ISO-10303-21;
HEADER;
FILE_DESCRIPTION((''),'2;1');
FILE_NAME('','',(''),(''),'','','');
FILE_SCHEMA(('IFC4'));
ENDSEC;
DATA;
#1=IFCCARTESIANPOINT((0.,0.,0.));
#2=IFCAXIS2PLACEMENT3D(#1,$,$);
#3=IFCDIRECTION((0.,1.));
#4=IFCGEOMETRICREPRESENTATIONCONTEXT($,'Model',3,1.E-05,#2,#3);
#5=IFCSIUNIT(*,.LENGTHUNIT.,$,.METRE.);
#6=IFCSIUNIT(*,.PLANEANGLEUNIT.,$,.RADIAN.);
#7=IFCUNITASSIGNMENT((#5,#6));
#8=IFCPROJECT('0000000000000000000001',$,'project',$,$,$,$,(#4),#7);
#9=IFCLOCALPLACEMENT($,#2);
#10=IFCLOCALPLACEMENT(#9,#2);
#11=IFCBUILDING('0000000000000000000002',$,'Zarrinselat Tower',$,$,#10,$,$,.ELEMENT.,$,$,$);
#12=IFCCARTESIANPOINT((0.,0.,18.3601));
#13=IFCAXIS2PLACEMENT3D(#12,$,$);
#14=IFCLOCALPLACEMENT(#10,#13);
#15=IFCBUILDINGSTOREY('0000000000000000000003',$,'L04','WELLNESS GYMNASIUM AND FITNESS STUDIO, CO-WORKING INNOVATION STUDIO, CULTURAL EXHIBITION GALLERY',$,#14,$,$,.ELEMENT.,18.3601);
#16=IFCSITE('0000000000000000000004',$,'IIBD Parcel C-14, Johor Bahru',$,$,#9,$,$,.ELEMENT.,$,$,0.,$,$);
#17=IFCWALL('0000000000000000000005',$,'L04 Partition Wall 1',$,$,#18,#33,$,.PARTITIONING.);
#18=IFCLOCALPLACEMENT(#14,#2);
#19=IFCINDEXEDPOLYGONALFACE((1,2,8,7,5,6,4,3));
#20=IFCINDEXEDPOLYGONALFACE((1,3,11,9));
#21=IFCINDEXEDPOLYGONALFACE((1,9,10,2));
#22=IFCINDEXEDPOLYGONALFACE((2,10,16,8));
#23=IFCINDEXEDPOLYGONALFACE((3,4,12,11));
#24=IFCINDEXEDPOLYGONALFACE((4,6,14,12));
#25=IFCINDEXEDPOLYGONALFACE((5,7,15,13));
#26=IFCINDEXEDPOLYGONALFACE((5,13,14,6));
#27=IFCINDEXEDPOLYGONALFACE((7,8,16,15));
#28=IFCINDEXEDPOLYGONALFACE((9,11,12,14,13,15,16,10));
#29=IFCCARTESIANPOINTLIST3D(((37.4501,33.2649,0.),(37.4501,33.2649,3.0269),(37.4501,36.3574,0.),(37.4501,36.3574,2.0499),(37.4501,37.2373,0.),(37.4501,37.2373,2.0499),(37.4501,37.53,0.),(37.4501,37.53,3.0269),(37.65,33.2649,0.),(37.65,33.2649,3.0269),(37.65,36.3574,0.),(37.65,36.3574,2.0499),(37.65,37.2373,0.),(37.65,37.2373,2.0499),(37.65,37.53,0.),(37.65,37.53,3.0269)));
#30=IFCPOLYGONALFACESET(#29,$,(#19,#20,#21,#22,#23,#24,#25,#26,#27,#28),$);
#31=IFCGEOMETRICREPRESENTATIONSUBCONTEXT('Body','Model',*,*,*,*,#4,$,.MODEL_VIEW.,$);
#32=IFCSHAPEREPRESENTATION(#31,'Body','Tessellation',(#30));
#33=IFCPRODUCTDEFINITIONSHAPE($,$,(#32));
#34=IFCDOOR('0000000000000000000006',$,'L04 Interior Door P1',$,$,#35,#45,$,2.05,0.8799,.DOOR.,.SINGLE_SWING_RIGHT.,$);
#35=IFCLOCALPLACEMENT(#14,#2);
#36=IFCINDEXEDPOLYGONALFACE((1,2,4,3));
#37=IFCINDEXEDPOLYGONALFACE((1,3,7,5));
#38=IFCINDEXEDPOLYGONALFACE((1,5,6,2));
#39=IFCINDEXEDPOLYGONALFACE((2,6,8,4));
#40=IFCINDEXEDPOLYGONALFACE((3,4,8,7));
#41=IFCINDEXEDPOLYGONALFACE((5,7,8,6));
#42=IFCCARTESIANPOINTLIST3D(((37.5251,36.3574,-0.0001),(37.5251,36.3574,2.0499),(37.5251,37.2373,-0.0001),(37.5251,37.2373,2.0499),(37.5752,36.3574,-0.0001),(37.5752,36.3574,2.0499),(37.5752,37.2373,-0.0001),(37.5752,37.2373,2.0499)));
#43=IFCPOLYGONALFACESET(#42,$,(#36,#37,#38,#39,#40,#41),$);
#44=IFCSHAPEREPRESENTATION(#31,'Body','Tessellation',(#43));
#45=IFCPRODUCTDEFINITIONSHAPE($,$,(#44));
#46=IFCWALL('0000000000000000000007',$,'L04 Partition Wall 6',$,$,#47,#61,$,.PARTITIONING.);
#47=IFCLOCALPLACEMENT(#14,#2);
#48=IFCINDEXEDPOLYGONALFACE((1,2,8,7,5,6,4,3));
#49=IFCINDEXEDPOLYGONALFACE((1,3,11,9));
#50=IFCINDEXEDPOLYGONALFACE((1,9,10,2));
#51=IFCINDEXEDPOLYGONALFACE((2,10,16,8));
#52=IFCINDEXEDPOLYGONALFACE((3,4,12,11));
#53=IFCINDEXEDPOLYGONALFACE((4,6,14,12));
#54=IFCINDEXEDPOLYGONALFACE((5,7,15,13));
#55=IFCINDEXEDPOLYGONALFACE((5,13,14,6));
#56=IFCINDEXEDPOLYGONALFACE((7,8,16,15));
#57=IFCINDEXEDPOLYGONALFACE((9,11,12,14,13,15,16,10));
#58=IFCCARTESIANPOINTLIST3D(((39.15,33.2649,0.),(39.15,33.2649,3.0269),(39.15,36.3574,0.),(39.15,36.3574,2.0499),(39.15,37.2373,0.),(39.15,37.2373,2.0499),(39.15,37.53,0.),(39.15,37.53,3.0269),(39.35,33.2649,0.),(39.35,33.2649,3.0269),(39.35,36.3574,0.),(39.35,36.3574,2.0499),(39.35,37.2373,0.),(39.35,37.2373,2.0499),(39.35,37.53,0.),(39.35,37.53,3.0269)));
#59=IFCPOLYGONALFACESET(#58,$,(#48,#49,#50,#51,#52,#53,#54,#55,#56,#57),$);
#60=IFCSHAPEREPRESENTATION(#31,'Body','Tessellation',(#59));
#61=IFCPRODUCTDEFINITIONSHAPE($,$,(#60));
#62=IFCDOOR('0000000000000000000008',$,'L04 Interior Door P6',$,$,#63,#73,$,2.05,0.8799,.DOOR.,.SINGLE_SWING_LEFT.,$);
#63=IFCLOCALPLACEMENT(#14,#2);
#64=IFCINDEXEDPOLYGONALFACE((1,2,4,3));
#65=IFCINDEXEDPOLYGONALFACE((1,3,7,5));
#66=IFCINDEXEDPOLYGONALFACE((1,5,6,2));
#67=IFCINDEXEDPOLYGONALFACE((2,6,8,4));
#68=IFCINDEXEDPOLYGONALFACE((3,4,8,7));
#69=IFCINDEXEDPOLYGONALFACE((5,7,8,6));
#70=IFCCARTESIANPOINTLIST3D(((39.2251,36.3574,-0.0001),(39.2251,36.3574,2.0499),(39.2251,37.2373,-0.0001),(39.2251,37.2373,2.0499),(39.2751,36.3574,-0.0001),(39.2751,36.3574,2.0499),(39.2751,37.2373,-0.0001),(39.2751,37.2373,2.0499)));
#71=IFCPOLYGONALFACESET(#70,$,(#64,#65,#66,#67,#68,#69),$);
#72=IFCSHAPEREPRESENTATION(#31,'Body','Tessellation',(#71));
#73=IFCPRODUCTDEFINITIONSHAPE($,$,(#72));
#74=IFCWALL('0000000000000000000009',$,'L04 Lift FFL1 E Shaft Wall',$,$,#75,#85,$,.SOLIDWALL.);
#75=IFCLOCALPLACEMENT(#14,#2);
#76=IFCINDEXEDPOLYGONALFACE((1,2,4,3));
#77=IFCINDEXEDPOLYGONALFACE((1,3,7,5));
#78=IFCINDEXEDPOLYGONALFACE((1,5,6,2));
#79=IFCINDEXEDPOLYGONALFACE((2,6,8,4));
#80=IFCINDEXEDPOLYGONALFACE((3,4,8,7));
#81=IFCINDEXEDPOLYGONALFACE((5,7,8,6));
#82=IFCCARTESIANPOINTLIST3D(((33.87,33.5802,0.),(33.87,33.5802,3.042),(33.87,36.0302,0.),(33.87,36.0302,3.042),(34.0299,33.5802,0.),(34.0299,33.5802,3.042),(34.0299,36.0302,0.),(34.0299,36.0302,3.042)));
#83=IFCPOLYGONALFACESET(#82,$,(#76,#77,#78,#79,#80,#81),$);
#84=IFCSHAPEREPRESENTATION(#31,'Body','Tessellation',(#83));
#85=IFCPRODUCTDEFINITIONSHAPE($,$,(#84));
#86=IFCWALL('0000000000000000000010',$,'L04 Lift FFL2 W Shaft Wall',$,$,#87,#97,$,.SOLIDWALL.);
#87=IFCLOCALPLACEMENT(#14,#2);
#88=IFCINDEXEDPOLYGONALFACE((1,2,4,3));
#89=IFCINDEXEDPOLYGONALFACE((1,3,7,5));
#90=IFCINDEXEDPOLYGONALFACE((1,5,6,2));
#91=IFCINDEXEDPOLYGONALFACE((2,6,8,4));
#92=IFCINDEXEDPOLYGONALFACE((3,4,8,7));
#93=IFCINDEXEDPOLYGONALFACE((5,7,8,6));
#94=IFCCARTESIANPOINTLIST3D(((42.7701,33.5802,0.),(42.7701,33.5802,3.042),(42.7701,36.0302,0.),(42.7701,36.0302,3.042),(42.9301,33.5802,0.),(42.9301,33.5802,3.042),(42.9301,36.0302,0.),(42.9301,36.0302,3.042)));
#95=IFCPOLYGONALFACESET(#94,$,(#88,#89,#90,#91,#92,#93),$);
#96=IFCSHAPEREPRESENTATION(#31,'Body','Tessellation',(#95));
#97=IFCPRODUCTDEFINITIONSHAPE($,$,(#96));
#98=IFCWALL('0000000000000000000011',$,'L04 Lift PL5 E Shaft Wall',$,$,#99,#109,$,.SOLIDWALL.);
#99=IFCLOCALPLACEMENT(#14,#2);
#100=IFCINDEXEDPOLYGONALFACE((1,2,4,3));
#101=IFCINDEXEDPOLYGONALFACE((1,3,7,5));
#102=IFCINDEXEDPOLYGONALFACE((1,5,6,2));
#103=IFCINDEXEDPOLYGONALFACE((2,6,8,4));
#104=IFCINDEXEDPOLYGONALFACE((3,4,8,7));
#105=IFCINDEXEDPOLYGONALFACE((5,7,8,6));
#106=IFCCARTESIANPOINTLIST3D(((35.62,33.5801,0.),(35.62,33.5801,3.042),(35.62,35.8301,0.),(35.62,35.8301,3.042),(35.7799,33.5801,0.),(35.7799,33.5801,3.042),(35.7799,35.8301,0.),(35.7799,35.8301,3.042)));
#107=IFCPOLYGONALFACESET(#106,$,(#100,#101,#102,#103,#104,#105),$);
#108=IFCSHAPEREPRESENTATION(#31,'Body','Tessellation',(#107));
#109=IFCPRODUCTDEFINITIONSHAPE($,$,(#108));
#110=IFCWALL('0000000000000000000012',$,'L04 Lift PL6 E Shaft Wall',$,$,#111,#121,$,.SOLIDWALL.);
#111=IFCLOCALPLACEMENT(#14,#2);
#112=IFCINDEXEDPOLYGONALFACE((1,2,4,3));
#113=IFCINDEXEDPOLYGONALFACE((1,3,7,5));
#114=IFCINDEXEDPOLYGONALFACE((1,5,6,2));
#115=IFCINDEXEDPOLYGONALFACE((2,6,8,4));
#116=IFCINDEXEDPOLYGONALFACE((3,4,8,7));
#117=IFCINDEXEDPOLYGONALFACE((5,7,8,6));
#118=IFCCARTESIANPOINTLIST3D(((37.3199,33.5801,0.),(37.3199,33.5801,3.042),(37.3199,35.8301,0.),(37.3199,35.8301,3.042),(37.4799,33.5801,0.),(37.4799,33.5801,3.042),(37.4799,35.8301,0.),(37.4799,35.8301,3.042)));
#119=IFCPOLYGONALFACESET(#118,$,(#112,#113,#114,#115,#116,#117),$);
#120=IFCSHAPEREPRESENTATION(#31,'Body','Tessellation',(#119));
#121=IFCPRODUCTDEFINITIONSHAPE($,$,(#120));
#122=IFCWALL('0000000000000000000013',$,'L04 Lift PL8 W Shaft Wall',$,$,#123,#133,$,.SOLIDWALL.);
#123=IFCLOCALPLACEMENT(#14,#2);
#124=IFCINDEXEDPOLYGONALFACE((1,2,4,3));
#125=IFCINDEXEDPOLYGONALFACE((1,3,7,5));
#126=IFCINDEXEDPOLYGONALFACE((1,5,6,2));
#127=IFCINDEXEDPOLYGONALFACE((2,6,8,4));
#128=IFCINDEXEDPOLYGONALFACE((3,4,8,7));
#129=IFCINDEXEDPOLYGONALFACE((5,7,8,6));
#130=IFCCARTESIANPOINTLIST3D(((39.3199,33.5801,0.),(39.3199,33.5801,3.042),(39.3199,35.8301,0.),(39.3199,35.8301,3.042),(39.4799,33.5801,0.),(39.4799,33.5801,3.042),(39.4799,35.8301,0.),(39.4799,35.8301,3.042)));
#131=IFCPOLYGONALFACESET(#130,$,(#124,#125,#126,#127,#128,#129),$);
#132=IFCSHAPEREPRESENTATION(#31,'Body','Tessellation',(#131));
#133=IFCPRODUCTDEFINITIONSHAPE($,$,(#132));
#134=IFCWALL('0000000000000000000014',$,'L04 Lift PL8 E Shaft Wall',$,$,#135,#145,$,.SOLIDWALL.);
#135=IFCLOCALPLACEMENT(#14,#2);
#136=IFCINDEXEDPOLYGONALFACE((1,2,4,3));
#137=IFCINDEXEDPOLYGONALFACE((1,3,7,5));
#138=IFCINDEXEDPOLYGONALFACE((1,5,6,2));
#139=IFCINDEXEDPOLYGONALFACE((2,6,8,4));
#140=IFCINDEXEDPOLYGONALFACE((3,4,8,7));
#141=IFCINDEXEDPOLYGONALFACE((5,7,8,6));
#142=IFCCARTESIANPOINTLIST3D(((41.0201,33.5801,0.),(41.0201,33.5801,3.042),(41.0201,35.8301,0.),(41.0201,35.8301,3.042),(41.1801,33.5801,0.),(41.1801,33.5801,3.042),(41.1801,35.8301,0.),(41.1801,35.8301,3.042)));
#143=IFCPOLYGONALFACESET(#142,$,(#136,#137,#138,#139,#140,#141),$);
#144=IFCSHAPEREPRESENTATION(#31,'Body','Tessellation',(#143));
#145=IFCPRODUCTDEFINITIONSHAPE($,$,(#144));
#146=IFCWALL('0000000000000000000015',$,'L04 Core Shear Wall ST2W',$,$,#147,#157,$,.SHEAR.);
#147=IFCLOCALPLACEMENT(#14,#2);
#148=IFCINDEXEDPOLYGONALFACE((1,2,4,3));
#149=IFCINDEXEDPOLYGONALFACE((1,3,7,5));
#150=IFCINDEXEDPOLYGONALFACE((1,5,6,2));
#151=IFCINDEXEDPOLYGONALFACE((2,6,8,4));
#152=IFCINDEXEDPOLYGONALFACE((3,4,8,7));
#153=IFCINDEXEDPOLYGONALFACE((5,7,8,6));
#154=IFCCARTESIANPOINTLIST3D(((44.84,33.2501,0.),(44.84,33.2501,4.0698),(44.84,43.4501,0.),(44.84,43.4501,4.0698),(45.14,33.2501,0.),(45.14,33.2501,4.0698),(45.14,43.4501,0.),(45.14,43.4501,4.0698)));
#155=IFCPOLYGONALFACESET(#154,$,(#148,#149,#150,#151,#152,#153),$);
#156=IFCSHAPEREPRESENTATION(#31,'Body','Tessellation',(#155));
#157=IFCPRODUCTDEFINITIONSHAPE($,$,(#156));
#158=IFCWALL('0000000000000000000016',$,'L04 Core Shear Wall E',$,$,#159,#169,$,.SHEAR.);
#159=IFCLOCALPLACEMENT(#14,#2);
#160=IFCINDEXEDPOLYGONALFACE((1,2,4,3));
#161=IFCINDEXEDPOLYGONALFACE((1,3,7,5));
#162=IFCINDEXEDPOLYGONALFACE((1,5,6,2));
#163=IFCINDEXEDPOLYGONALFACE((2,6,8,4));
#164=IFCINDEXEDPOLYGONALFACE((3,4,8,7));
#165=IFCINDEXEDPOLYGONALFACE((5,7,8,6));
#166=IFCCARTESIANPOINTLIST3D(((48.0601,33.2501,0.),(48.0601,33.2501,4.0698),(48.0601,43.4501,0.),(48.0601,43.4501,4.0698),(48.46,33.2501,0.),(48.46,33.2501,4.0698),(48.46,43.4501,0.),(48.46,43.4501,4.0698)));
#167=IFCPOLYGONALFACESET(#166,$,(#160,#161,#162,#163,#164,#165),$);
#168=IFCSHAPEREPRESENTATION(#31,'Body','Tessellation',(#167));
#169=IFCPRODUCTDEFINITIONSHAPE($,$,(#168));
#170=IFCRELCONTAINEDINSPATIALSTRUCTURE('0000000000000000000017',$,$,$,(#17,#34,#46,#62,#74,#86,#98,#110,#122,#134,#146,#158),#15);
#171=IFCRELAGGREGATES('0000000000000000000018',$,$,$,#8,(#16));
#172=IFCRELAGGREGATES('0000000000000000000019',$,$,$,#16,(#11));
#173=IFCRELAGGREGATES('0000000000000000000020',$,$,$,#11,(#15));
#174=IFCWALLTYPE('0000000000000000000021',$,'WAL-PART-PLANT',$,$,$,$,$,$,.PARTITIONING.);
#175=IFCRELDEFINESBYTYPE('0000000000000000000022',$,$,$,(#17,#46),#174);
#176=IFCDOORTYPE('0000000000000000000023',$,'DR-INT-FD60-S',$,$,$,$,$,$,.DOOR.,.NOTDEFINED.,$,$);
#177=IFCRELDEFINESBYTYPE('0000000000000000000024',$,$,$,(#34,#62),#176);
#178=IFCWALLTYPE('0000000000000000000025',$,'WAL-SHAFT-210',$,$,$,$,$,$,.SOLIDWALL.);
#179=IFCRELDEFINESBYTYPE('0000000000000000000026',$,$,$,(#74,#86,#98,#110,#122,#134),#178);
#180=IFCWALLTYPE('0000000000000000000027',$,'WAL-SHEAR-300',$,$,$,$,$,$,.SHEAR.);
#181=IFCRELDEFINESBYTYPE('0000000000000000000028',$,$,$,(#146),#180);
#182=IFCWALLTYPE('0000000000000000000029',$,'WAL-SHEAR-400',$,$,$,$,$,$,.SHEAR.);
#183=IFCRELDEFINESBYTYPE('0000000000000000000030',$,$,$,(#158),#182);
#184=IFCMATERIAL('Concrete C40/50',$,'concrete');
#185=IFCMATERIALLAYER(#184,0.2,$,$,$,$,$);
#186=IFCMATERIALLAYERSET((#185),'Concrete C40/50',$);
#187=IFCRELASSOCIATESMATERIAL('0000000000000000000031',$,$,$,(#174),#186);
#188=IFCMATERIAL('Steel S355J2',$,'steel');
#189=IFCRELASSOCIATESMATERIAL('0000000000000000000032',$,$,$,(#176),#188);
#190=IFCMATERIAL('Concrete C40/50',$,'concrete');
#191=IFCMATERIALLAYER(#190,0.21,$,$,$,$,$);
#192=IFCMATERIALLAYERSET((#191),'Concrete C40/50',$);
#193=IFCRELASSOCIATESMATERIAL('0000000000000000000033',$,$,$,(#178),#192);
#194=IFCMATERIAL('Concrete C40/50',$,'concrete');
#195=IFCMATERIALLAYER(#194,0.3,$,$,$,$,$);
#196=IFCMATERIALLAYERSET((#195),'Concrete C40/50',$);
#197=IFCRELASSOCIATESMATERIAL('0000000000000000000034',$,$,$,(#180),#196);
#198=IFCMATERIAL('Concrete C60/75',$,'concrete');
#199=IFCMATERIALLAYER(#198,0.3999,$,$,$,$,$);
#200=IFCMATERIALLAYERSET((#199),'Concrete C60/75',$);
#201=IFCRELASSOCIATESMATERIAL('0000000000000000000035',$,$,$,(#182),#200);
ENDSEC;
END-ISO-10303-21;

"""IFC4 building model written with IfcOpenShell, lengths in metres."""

from ifc_helpers import new_model, si_unit, direction, frame, frame_2d, origin, place, context, subcontext, project, spatial, rectangle, extrude, material, layer, layer_set, type_object, element, fill, save


model = new_model("IFC4")

# Units and contexts
model_context = context("Model", 3, precision=1e-05, world=origin(), true_north=direction((0.0, 1.0)))
body_context = subcontext(model_context, "Body", "Model", "MODEL_VIEW")
ifc_project = project(units=[si_unit("LENGTHUNIT", "METRE"), si_unit("PLANEANGLEUNIT", "RADIAN")], contexts=[model_context])

# Site, building, storey
site_placement = place(None, origin())
site = spatial("IfcSite", under=ifc_project, at=site_placement, Name="IIBD Parcel C-14, Johor Bahru", CompositionType="ELEMENT", RefElevation=0.0)
building_placement = place(site_placement, origin())
building = spatial("IfcBuilding", under=site, at=building_placement, Name="Zarrinselat Tower", CompositionType="ELEMENT")
storey_placement = place(building_placement, frame((0.0, 0.0, 18.3601)))
storey = spatial("IfcBuildingStorey", under=building, at=storey_placement, Name="L04", Description="WELLNESS GYMNASIUM AND FITNESS STUDIO, CO-WORKING INNOVATION STUDIO, CULTURAL EXHIBITION GALLERY", CompositionType="ELEMENT", Elevation=18.3601)

# Walls, openings, doors
ifc_material_1 = material(Name="Concrete C40/50", Category="concrete")
ifc_layer_1 = layer(ifc_material_1, 0.2)
ifc_layer_set_1 = layer_set([ifc_layer_1], Name="Concrete C40/50")
wall_type_1 = type_object("IfcWallType", Name="WAL-PART-PLANT", PredefinedType="PARTITIONING", material=ifc_layer_set_1)
wall_1_placement = place(storey_placement, frame((37.55, 33.2649, 0.0), z_axis=(0.0, 0.0, 1.0), x_axis=(0.0, 1.0, 0.0)))
wall_1 = element("IfcWall", 1, at=wall_1_placement, inside=storey, type_object=wall_type_1, Name="L04 Partition Wall 1", PredefinedType="PARTITIONING", context=body_context, shape_type="SweptSolid", body=[
    extrude(rectangle(XDim=4.2651, YDim=0.2, at=frame_2d((2.1326, 0.0))), origin(), (0.0, 0.0, 1.0), 3.0269),
])
opening_1_placement = place(wall_1_placement, frame((3.0925, 0.0, 0.0)))
opening_1 = element("IfcOpeningElement", 2, at=opening_1_placement, cuts=wall_1, PredefinedType="OPENING", context=body_context, shape_type="SweptSolid", body=[
    extrude(rectangle(XDim=0.8799, YDim=2.05, at=frame_2d((0.4399, 1.0249))), frame((0.0, 0.1099, 0.0), z_axis=(0.0, -1.0, 0.0), x_axis=(1.0, 0.0, 0.0)), (0.0, 0.0, 1.0), 0.22),
])
ifc_material_2 = material(Name="Steel S355J2", Category="steel")
door_type_1 = type_object("IfcDoorType", Name="DR-INT-FD60-S", OperationType="NOTDEFINED", PredefinedType="DOOR", material=ifc_material_2)
door_1_placement = place(opening_1_placement, origin())
door_1 = element("IfcDoor", 3, at=door_1_placement, inside=storey, type_object=door_type_1, Name="L04 Interior Door P1", OperationType="SINGLE_SWING_RIGHT", OverallHeight=2.05, OverallWidth=0.8799, PredefinedType="DOOR", context=body_context, shape_type="SweptSolid", body=[
    extrude(rectangle(XDim=0.8799, YDim=2.05, at=frame_2d((0.4399, 1.0249))), frame((0.0, 0.0249, 0.0), z_axis=(0.0, -1.0, 0.0), x_axis=(1.0, 0.0, 0.0)), (0.0, 0.0, 1.0), 0.05),
])
fill(opening_1, door_1)
wall_2_placement = place(storey_placement, frame((39.25, 33.2649, 0.0), z_axis=(0.0, 0.0, 1.0), x_axis=(0.0, 1.0, 0.0)))
wall_2 = element("IfcWall", 4, at=wall_2_placement, inside=storey, type_object=wall_type_1, Name="L04 Partition Wall 6", PredefinedType="PARTITIONING", context=body_context, shape_type="SweptSolid", body=[
    extrude(rectangle(XDim=4.2651, YDim=0.2, at=frame_2d((2.1326, 0.0))), origin(), (0.0, 0.0, 1.0), 3.0269),
])
opening_2_placement = place(wall_2_placement, frame((3.0925, 0.0, 0.0)))
opening_2 = element("IfcOpeningElement", 5, at=opening_2_placement, cuts=wall_2, PredefinedType="OPENING", context=body_context, shape_type="SweptSolid", body=[
    extrude(rectangle(XDim=0.8799, YDim=2.05, at=frame_2d((0.4399, 1.0249))), frame((0.0, 0.1099, 0.0), z_axis=(0.0, -1.0, 0.0), x_axis=(1.0, 0.0, 0.0)), (0.0, 0.0, 1.0), 0.22),
])
door_2_placement = place(opening_2_placement, origin())
door_2 = element("IfcDoor", 6, at=door_2_placement, inside=storey, type_object=door_type_1, Name="L04 Interior Door P6", OperationType="SINGLE_SWING_LEFT", OverallHeight=2.05, OverallWidth=0.8799, PredefinedType="DOOR", context=body_context, shape_type="SweptSolid", body=[
    extrude(rectangle(XDim=0.8799, YDim=2.05, at=frame_2d((0.4399, 1.0249))), frame((0.0, 0.0249, 0.0), z_axis=(0.0, -1.0, 0.0), x_axis=(1.0, 0.0, 0.0)), (0.0, 0.0, 1.0), 0.05),
])
fill(opening_2, door_2)

# Walls
ifc_material_3 = material(Name="Concrete C40/50", Category="concrete")
ifc_layer_2 = layer(ifc_material_3, 0.21)
ifc_layer_set_2 = layer_set([ifc_layer_2], Name="Concrete C40/50")
wall_type_2 = type_object("IfcWallType", Name="WAL-SHAFT-210", PredefinedType="SOLIDWALL", material=ifc_layer_set_2)
for number, where, z_axis, x_axis, name in (
    (7, (33.95, 33.5801, 0.0), (0.0, 0.0, 1.0), (0.0, 1.0, 0.0), "L04 Lift FFL1 E Shaft Wall"),
    (8, (42.8501, 33.5801, 0.0), (0.0, 0.0, 1.0), (0.0, 1.0, 0.0), "L04 Lift FFL2 W Shaft Wall"),
):
    element("IfcWall", number, at=place(storey_placement, frame(where, z_axis=z_axis, x_axis=x_axis)), inside=storey, type_object=wall_type_2, Name=name, PredefinedType="SOLIDWALL", context=body_context, shape_type="SweptSolid", body=[
        extrude(rectangle(XDim=2.45, YDim=0.1599, at=frame_2d((1.2251, 0.0))), origin(), (0.0, 0.0, 1.0), 3.042),
    ])
for number, where, z_axis, x_axis, name in (
    (9, (35.7, 33.5801, 0.0), (0.0, 0.0, 1.0), (0.0, 1.0, 0.0), "L04 Lift PL5 E Shaft Wall"),
    (10, (37.3999, 33.5801, 0.0), (0.0, 0.0, 1.0), (0.0, 1.0, 0.0), "L04 Lift PL6 E Shaft Wall"),
    (11, (39.3999, 33.5801, 0.0), (0.0, 0.0, 1.0), (0.0, 1.0, 0.0), "L04 Lift PL8 W Shaft Wall"),
    (12, (41.1001, 33.5801, 0.0), (0.0, 0.0, 1.0), (0.0, 1.0, 0.0), "L04 Lift PL8 E Shaft Wall"),
):
    element("IfcWall", number, at=place(storey_placement, frame(where, z_axis=z_axis, x_axis=x_axis)), inside=storey, type_object=wall_type_2, Name=name, PredefinedType="SOLIDWALL", context=body_context, shape_type="SweptSolid", body=[
        extrude(rectangle(XDim=2.25, YDim=0.1599, at=frame_2d((1.125, 0.0))), origin(), (0.0, 0.0, 1.0), 3.042),
    ])
ifc_material_4 = material(Name="Concrete C40/50", Category="concrete")
ifc_layer_3 = layer(ifc_material_4, 0.3)
ifc_layer_set_3 = layer_set([ifc_layer_3], Name="Concrete C40/50")
wall_type_3 = type_object("IfcWallType", Name="WAL-SHEAR-300", PredefinedType="SHEAR", material=ifc_layer_set_3)
wall_3_placement = place(storey_placement, frame((44.99, 33.25, 0.0), z_axis=(0.0, 0.0, 1.0), x_axis=(0.0, 1.0, 0.0)))
element("IfcWall", 13, at=wall_3_placement, inside=storey, type_object=wall_type_3, Name="L04 Core Shear Wall ST2W", PredefinedType="SHEAR", context=body_context, shape_type="SweptSolid", body=[
    extrude(rectangle(XDim=10.2, YDim=0.3, at=frame_2d((5.1001, 0.0))), origin(), (0.0, 0.0, 1.0), 4.0698),
])
ifc_material_5 = material(Name="Concrete C60/75", Category="concrete")
ifc_layer_4 = layer(ifc_material_5, 0.3999)
ifc_layer_set_4 = layer_set([ifc_layer_4], Name="Concrete C60/75")
wall_type_4 = type_object("IfcWallType", Name="WAL-SHEAR-400", PredefinedType="SHEAR", material=ifc_layer_set_4)
wall_4_placement = place(storey_placement, frame((48.26, 33.25, 0.0), z_axis=(0.0, 0.0, 1.0), x_axis=(0.0, 1.0, 0.0)))
element("IfcWall", 14, at=wall_4_placement, inside=storey, type_object=wall_type_4, Name="L04 Core Shear Wall E", PredefinedType="SHEAR", context=body_context, shape_type="SweptSolid", body=[
    extrude(rectangle(XDim=10.2, YDim=0.3999, at=frame_2d((5.1001, 0.0))), origin(), (0.0, 0.0, 1.0), 4.0698),
])

save(model, "model.ifc")
